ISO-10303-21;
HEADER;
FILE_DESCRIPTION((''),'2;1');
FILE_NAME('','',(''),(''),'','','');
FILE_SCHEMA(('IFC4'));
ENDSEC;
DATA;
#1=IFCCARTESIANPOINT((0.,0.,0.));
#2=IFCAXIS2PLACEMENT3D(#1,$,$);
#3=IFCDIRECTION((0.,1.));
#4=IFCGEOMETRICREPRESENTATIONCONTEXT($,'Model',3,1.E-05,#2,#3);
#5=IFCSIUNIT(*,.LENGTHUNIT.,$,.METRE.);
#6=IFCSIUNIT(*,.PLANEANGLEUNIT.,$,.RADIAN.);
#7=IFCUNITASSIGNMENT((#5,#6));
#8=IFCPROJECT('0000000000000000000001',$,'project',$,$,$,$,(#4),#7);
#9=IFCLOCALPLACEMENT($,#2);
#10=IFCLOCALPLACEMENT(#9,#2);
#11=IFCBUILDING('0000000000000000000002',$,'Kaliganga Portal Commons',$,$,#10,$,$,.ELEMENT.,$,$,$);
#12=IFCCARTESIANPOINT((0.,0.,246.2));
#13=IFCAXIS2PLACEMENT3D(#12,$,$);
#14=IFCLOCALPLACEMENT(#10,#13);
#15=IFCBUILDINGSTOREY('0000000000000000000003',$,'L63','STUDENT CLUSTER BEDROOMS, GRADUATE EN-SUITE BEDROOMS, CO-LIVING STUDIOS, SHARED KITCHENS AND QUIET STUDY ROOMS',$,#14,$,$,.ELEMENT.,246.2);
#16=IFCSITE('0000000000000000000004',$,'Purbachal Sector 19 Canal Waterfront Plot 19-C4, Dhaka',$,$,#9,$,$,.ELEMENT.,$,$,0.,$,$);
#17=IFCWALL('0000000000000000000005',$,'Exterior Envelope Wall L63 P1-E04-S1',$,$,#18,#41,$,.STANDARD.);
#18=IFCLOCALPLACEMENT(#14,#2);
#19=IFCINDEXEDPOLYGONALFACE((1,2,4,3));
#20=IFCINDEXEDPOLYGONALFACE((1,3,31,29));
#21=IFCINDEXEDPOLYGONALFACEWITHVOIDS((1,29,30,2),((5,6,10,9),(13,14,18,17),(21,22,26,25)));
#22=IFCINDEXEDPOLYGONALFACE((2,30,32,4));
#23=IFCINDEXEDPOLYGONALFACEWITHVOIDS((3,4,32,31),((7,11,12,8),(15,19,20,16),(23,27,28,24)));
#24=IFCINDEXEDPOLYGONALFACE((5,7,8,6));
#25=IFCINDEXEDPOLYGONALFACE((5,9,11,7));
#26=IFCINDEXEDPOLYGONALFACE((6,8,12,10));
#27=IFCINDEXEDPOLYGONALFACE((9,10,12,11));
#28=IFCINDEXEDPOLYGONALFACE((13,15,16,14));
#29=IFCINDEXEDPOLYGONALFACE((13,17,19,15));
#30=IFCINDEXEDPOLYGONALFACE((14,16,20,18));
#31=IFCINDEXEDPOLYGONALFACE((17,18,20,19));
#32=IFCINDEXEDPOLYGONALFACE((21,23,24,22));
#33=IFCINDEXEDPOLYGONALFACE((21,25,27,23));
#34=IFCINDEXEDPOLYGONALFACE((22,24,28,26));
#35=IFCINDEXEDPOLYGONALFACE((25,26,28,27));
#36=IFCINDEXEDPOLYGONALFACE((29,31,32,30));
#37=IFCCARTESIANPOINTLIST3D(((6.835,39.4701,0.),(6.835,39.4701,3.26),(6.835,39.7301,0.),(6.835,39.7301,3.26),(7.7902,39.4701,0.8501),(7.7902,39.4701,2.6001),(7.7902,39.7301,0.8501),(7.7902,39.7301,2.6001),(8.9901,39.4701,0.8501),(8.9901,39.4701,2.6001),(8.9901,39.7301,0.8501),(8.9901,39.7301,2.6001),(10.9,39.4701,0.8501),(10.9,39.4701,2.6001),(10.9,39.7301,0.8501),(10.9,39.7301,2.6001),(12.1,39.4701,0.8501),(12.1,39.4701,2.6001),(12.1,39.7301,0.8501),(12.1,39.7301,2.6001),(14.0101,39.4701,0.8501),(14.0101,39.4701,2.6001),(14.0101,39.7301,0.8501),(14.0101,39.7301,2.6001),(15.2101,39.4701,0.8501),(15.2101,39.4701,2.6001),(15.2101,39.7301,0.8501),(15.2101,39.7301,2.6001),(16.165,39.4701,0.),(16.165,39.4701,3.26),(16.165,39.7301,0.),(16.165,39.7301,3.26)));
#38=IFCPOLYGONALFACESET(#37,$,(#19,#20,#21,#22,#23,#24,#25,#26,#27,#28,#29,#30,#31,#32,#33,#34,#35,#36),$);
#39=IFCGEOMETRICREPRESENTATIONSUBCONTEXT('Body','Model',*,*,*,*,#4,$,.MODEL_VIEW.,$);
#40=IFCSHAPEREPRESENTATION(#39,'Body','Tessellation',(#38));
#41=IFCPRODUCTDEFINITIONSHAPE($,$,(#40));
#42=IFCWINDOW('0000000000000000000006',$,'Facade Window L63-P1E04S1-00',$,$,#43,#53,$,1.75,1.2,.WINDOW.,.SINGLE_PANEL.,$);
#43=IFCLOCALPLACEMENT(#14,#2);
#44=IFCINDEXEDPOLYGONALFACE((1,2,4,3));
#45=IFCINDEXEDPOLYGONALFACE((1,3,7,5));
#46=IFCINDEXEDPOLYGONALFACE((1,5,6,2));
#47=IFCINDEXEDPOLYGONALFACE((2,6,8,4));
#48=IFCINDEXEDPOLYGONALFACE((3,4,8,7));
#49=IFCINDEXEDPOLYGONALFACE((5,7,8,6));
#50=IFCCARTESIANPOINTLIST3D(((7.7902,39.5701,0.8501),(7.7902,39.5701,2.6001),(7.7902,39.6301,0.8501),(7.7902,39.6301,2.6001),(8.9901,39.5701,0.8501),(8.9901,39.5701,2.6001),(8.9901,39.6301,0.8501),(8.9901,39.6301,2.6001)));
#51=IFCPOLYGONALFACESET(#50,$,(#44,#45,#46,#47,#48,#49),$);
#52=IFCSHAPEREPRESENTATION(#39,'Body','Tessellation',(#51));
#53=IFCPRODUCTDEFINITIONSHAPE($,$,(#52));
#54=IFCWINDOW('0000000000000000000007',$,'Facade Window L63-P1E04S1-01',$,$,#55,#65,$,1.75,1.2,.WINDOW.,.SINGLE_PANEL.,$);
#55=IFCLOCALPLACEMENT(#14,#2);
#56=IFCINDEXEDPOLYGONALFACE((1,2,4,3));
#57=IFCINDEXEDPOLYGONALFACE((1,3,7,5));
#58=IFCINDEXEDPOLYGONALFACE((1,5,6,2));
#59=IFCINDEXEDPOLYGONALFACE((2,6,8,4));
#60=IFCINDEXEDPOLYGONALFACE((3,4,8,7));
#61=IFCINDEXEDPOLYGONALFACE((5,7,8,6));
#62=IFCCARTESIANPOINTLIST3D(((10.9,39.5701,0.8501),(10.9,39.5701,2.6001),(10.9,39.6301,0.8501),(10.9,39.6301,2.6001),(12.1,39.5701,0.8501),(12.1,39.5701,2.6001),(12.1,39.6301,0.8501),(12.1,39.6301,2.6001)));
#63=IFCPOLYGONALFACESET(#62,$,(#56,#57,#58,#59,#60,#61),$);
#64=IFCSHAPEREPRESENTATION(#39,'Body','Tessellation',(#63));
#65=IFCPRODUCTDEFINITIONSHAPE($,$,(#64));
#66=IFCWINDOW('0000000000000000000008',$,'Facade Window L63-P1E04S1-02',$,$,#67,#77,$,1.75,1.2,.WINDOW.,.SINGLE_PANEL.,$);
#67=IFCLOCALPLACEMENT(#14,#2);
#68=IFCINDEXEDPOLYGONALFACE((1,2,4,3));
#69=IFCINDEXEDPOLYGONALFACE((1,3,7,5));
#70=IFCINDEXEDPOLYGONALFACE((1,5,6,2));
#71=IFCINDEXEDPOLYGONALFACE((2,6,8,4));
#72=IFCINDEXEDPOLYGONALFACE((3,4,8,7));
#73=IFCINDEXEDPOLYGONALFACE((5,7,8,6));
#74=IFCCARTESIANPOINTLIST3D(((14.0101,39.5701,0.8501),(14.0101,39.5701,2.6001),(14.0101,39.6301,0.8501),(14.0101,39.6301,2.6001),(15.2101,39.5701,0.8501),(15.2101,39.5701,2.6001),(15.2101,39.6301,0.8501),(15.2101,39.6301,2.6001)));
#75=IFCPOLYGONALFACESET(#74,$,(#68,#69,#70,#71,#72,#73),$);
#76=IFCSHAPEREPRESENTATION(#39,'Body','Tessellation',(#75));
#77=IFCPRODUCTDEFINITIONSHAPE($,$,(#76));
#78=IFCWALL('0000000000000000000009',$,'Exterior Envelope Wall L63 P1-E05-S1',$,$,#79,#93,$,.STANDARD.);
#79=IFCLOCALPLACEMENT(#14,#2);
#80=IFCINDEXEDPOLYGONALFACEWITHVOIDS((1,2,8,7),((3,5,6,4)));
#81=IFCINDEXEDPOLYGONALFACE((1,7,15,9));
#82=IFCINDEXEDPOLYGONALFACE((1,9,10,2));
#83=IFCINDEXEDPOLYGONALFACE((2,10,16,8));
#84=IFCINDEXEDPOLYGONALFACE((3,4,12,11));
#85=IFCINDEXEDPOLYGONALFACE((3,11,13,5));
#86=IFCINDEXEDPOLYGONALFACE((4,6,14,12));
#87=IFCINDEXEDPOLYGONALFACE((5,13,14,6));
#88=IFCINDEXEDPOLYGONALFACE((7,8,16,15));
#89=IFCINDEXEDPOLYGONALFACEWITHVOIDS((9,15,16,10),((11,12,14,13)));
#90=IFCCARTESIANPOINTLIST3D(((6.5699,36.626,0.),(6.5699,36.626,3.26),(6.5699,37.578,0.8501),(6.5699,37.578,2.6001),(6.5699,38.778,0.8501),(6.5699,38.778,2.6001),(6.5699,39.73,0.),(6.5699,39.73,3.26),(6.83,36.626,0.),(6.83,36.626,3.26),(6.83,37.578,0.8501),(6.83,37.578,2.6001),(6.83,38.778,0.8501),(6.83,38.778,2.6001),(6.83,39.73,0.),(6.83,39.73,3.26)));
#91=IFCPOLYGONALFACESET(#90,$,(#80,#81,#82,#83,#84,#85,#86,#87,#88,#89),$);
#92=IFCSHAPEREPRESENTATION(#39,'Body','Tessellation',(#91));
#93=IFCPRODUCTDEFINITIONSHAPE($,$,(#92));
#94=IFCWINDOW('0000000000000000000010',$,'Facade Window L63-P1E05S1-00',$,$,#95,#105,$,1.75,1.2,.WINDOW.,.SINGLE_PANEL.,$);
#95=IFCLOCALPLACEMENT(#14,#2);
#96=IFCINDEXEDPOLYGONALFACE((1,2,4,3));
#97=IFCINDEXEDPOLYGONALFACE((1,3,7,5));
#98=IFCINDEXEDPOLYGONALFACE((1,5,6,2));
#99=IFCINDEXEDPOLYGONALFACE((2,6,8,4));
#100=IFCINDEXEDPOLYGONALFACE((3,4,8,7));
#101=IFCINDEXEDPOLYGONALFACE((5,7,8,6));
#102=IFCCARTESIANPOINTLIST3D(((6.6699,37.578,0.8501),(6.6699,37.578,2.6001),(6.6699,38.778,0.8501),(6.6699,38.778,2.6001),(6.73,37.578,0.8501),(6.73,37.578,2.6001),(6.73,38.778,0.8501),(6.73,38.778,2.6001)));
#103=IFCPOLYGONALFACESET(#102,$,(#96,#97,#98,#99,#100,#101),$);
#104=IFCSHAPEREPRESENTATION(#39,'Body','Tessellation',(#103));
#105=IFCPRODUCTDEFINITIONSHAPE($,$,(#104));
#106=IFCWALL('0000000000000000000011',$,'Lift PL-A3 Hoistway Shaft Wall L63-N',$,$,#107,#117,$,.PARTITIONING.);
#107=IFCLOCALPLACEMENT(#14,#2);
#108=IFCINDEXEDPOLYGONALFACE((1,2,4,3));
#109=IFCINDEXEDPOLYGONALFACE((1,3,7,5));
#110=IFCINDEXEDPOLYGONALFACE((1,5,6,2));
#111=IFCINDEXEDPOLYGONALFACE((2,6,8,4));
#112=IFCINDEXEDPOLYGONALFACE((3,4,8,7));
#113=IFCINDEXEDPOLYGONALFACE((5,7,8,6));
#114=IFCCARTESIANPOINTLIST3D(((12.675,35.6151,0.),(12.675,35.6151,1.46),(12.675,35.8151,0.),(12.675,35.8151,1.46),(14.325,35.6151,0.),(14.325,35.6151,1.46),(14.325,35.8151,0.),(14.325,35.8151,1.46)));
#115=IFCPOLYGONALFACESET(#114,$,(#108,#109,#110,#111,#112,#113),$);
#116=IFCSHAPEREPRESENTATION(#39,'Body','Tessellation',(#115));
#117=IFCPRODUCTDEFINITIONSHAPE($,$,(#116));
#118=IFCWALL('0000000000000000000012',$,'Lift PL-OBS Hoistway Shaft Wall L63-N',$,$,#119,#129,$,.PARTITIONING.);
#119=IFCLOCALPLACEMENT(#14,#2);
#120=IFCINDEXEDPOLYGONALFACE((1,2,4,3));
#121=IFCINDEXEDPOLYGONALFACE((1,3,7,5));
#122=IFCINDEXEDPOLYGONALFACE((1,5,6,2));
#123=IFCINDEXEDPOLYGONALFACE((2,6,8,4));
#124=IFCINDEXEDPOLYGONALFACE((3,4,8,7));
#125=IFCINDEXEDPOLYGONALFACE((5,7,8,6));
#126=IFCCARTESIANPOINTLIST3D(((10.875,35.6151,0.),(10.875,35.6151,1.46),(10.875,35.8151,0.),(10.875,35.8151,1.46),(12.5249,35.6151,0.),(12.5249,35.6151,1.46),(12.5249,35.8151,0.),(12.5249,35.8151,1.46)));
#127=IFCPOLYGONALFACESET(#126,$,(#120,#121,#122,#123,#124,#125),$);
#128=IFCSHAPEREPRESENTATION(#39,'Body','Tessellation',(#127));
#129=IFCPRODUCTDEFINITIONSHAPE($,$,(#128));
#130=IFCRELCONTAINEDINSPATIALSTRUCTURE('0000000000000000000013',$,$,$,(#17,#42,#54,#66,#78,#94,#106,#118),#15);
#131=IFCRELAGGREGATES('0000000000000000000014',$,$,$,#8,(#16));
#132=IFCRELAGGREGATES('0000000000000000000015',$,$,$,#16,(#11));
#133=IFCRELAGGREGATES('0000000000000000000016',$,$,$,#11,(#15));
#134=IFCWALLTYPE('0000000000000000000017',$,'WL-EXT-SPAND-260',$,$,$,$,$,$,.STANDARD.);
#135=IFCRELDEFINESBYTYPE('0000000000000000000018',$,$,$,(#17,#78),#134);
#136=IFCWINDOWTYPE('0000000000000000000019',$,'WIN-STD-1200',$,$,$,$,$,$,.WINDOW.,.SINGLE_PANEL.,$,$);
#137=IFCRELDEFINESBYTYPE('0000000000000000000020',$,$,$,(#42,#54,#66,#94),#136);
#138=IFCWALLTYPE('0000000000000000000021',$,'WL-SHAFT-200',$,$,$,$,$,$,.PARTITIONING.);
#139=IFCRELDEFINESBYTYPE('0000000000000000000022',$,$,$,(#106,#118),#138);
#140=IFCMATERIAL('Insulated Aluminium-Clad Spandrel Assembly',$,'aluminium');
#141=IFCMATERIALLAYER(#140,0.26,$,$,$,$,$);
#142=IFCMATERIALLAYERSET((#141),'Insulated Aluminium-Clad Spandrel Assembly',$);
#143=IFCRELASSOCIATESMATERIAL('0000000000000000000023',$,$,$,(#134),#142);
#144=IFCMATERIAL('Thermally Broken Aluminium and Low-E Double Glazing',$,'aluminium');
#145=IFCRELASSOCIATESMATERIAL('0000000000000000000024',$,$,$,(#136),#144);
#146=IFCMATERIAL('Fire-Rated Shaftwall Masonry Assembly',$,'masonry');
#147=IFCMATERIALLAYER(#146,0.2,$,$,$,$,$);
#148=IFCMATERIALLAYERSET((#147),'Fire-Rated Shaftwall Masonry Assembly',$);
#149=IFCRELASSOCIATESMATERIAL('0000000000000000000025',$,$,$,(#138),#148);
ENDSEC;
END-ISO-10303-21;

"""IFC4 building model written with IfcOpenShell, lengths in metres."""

from ifc_helpers import new_model, si_unit, direction, frame, frame_2d, origin, place, context, subcontext, project, spatial, rectangle, extrude, material, layer, layer_set, type_object, element, fill, save


model = new_model("IFC4")

# Units and contexts
model_context = context("Model", 3, precision=1e-05, world=origin(), true_north=direction((0.0, 1.0)))
body_context = subcontext(model_context, "Body", "Model", "MODEL_VIEW")
ifc_project = project(units=[si_unit("LENGTHUNIT", "METRE"), si_unit("PLANEANGLEUNIT", "RADIAN")], contexts=[model_context])

# Site, building, storey
site_placement = place(None, origin())
site = spatial("IfcSite", under=ifc_project, at=site_placement, Name="Purbachal Sector 19 Canal Waterfront Plot 19-C4, Dhaka", CompositionType="ELEMENT", RefElevation=0.0)
building_placement = place(site_placement, origin())
building = spatial("IfcBuilding", under=site, at=building_placement, Name="Kaliganga Portal Commons", CompositionType="ELEMENT")
storey_placement = place(building_placement, frame((0.0, 0.0, 246.2)))
storey = spatial("IfcBuildingStorey", under=building, at=storey_placement, Name="L63", Description="STUDENT CLUSTER BEDROOMS, GRADUATE EN-SUITE BEDROOMS, CO-LIVING STUDIOS, SHARED KITCHENS AND QUIET STUDY ROOMS", CompositionType="ELEMENT", Elevation=246.2)

# Wall, openings, windows
ifc_material_1 = material(Name="Insulated Aluminium-Clad Spandrel Assembly", Category="aluminium")
ifc_layer_1 = layer(ifc_material_1, 0.26)
ifc_layer_set_1 = layer_set([ifc_layer_1], Name="Insulated Aluminium-Clad Spandrel Assembly")
wall_type_1 = type_object("IfcWallType", Name="WL-EXT-SPAND-260", PredefinedType="STANDARD", material=ifc_layer_set_1)
wall_1_placement = place(storey_placement, frame((6.835, 39.6001, 0.0), z_axis=(0.0, 0.0, 1.0), x_axis=(1.0, 0.0, 0.0)))
wall_1 = element("IfcWall", 1, at=wall_1_placement, inside=storey, type_object=wall_type_1, Name="Exterior Envelope Wall L63 P1-E04-S1", PredefinedType="STANDARD", context=body_context, shape_type="SweptSolid", body=[
    extrude(rectangle(XDim=9.3301, YDim=0.26, at=frame_2d((4.665, 0.0))), origin(), (0.0, 0.0, 1.0), 3.26),
])
opening_1_placement = place(wall_1_placement, frame((0.9551, 0.0, 0.8501)))
opening_1 = element("IfcOpeningElement", 2, at=opening_1_placement, cuts=wall_1, PredefinedType="OPENING", context=body_context, shape_type="SweptSolid", body=[
    extrude(rectangle(XDim=1.2, YDim=1.75, at=frame_2d((0.6001, 0.875))), frame((0.0, 0.1401, 0.0), z_axis=(0.0, -1.0, 0.0), x_axis=(1.0, 0.0, 0.0)), (0.0, 0.0, 1.0), 0.28),
])
opening_2_placement = place(wall_1_placement, frame((4.0649, 0.0, 0.8501)))
opening_2 = element("IfcOpeningElement", 3, at=opening_2_placement, cuts=wall_1, PredefinedType="OPENING", context=body_context, shape_type="SweptSolid", body=[
    extrude(rectangle(XDim=1.2, YDim=1.75, at=frame_2d((0.6001, 0.875))), frame((0.0, 0.1401, 0.0), z_axis=(0.0, -1.0, 0.0), x_axis=(1.0, 0.0, 0.0)), (0.0, 0.0, 1.0), 0.28),
])
opening_3_placement = place(wall_1_placement, frame((7.175, 0.0, 0.8501)))
opening_3 = element("IfcOpeningElement", 4, at=opening_3_placement, cuts=wall_1, PredefinedType="OPENING", context=body_context, shape_type="SweptSolid", body=[
    extrude(rectangle(XDim=1.2, YDim=1.75, at=frame_2d((0.6001, 0.875))), frame((0.0, 0.1401, 0.0), z_axis=(0.0, -1.0, 0.0), x_axis=(1.0, 0.0, 0.0)), (0.0, 0.0, 1.0), 0.28),
])
ifc_material_2 = material(Name="Thermally Broken Aluminium and Low-E Double Glazing", Category="aluminium")
window_type = type_object("IfcWindowType", Name="WIN-STD-1200", PartitioningType="SINGLE_PANEL", PredefinedType="WINDOW", material=ifc_material_2)
window_1_placement = place(opening_1_placement, origin())
window_1 = element("IfcWindow", 5, at=window_1_placement, inside=storey, type_object=window_type, Name="Facade Window L63-P1E04S1-00", OverallHeight=1.75, OverallWidth=1.2, PartitioningType="SINGLE_PANEL", PredefinedType="WINDOW", context=body_context, shape_type="SweptSolid", body=[
    extrude(rectangle(XDim=1.2, YDim=1.75, at=frame_2d((0.6001, 0.875))), frame((0.0, 0.03, 0.0), z_axis=(0.0, -1.0, 0.0), x_axis=(1.0, 0.0, 0.0)), (0.0, 0.0, 1.0), 0.0601),
])
fill(opening_1, window_1)
window_2_placement = place(opening_2_placement, origin())
window_2 = element("IfcWindow", 6, at=window_2_placement, inside=storey, type_object=window_type, Name="Facade Window L63-P1E04S1-01", OverallHeight=1.75, OverallWidth=1.2, PartitioningType="SINGLE_PANEL", PredefinedType="WINDOW", context=body_context, shape_type="SweptSolid", body=[
    extrude(rectangle(XDim=1.2, YDim=1.75, at=frame_2d((0.6001, 0.875))), frame((0.0, 0.03, 0.0), z_axis=(0.0, -1.0, 0.0), x_axis=(1.0, 0.0, 0.0)), (0.0, 0.0, 1.0), 0.0601),
])
fill(opening_2, window_2)
window_3_placement = place(opening_3_placement, origin())
window_3 = element("IfcWindow", 7, at=window_3_placement, inside=storey, type_object=window_type, Name="Facade Window L63-P1E04S1-02", OverallHeight=1.75, OverallWidth=1.2, PartitioningType="SINGLE_PANEL", PredefinedType="WINDOW", context=body_context, shape_type="SweptSolid", body=[
    extrude(rectangle(XDim=1.2, YDim=1.75, at=frame_2d((0.6001, 0.875))), frame((0.0, 0.03, 0.0), z_axis=(0.0, -1.0, 0.0), x_axis=(1.0, 0.0, 0.0)), (0.0, 0.0, 1.0), 0.0601),
])
fill(opening_3, window_3)

# Wall, opening, window
wall_2_placement = place(storey_placement, frame((6.7, 36.626, 0.0), z_axis=(0.0, 0.0, 1.0), x_axis=(0.0, 1.0, 0.0)))
wall_2 = element("IfcWall", 8, at=wall_2_placement, inside=storey, type_object=wall_type_1, Name="Exterior Envelope Wall L63 P1-E05-S1", PredefinedType="STANDARD", context=body_context, shape_type="SweptSolid", body=[
    extrude(rectangle(XDim=3.104, YDim=0.26, at=frame_2d((1.552, 0.0))), origin(), (0.0, 0.0, 1.0), 3.26),
])
opening_4_placement = place(wall_2_placement, frame((0.9519, 0.0, 0.8501)))
opening_4 = element("IfcOpeningElement", 9, at=opening_4_placement, cuts=wall_2, PredefinedType="OPENING", context=body_context, shape_type="SweptSolid", body=[
    extrude(rectangle(XDim=1.2, YDim=1.75, at=frame_2d((0.6001, 0.875))), frame((0.0, 0.1401, 0.0), z_axis=(0.0, -1.0, 0.0), x_axis=(1.0, 0.0, 0.0)), (0.0, 0.0, 1.0), 0.28),
])
window_4_placement = place(opening_4_placement, origin())
window_4 = element("IfcWindow", 10, at=window_4_placement, inside=storey, type_object=window_type, Name="Facade Window L63-P1E05S1-00", OverallHeight=1.75, OverallWidth=1.2, PartitioningType="SINGLE_PANEL", PredefinedType="WINDOW", context=body_context, shape_type="SweptSolid", body=[
    extrude(rectangle(XDim=1.2, YDim=1.75, at=frame_2d((0.6001, 0.875))), frame((0.0, 0.03, 0.0), z_axis=(0.0, -1.0, 0.0), x_axis=(1.0, 0.0, 0.0)), (0.0, 0.0, 1.0), 0.0601),
])
fill(opening_4, window_4)

# Shared definitions
ifc_material_3 = material(Name="Fire-Rated Shaftwall Masonry Assembly", Category="masonry")
ifc_layer_2 = layer(ifc_material_3, 0.2)
ifc_layer_set_2 = layer_set([ifc_layer_2], Name="Fire-Rated Shaftwall Masonry Assembly")
wall_type_2 = type_object("IfcWallType", Name="WL-SHAFT-200", PredefinedType="PARTITIONING", material=ifc_layer_set_2)

# Walls
for number, where, z_axis, x_axis, name in (
    (11, (12.675, 35.7151, 0.0), (0.0, 0.0, 1.0), (1.0, 0.0, 0.0), "Lift PL-A3 Hoistway Shaft Wall L63-N"),
    (12, (10.875, 35.7151, 0.0), (0.0, 0.0, 1.0), (1.0, 0.0, 0.0), "Lift PL-OBS Hoistway Shaft Wall L63-N"),
):
    element("IfcWall", number, at=place(storey_placement, frame(where, z_axis=z_axis, x_axis=x_axis)), inside=storey, type_object=wall_type_2, Name=name, PredefinedType="PARTITIONING", context=body_context, shape_type="SweptSolid", body=[
        extrude(rectangle(XDim=1.6499, YDim=0.2, at=frame_2d((0.825, 0.0))), origin(), (0.0, 0.0, 1.0), 1.46),
    ])

save(model, "model.ifc")
